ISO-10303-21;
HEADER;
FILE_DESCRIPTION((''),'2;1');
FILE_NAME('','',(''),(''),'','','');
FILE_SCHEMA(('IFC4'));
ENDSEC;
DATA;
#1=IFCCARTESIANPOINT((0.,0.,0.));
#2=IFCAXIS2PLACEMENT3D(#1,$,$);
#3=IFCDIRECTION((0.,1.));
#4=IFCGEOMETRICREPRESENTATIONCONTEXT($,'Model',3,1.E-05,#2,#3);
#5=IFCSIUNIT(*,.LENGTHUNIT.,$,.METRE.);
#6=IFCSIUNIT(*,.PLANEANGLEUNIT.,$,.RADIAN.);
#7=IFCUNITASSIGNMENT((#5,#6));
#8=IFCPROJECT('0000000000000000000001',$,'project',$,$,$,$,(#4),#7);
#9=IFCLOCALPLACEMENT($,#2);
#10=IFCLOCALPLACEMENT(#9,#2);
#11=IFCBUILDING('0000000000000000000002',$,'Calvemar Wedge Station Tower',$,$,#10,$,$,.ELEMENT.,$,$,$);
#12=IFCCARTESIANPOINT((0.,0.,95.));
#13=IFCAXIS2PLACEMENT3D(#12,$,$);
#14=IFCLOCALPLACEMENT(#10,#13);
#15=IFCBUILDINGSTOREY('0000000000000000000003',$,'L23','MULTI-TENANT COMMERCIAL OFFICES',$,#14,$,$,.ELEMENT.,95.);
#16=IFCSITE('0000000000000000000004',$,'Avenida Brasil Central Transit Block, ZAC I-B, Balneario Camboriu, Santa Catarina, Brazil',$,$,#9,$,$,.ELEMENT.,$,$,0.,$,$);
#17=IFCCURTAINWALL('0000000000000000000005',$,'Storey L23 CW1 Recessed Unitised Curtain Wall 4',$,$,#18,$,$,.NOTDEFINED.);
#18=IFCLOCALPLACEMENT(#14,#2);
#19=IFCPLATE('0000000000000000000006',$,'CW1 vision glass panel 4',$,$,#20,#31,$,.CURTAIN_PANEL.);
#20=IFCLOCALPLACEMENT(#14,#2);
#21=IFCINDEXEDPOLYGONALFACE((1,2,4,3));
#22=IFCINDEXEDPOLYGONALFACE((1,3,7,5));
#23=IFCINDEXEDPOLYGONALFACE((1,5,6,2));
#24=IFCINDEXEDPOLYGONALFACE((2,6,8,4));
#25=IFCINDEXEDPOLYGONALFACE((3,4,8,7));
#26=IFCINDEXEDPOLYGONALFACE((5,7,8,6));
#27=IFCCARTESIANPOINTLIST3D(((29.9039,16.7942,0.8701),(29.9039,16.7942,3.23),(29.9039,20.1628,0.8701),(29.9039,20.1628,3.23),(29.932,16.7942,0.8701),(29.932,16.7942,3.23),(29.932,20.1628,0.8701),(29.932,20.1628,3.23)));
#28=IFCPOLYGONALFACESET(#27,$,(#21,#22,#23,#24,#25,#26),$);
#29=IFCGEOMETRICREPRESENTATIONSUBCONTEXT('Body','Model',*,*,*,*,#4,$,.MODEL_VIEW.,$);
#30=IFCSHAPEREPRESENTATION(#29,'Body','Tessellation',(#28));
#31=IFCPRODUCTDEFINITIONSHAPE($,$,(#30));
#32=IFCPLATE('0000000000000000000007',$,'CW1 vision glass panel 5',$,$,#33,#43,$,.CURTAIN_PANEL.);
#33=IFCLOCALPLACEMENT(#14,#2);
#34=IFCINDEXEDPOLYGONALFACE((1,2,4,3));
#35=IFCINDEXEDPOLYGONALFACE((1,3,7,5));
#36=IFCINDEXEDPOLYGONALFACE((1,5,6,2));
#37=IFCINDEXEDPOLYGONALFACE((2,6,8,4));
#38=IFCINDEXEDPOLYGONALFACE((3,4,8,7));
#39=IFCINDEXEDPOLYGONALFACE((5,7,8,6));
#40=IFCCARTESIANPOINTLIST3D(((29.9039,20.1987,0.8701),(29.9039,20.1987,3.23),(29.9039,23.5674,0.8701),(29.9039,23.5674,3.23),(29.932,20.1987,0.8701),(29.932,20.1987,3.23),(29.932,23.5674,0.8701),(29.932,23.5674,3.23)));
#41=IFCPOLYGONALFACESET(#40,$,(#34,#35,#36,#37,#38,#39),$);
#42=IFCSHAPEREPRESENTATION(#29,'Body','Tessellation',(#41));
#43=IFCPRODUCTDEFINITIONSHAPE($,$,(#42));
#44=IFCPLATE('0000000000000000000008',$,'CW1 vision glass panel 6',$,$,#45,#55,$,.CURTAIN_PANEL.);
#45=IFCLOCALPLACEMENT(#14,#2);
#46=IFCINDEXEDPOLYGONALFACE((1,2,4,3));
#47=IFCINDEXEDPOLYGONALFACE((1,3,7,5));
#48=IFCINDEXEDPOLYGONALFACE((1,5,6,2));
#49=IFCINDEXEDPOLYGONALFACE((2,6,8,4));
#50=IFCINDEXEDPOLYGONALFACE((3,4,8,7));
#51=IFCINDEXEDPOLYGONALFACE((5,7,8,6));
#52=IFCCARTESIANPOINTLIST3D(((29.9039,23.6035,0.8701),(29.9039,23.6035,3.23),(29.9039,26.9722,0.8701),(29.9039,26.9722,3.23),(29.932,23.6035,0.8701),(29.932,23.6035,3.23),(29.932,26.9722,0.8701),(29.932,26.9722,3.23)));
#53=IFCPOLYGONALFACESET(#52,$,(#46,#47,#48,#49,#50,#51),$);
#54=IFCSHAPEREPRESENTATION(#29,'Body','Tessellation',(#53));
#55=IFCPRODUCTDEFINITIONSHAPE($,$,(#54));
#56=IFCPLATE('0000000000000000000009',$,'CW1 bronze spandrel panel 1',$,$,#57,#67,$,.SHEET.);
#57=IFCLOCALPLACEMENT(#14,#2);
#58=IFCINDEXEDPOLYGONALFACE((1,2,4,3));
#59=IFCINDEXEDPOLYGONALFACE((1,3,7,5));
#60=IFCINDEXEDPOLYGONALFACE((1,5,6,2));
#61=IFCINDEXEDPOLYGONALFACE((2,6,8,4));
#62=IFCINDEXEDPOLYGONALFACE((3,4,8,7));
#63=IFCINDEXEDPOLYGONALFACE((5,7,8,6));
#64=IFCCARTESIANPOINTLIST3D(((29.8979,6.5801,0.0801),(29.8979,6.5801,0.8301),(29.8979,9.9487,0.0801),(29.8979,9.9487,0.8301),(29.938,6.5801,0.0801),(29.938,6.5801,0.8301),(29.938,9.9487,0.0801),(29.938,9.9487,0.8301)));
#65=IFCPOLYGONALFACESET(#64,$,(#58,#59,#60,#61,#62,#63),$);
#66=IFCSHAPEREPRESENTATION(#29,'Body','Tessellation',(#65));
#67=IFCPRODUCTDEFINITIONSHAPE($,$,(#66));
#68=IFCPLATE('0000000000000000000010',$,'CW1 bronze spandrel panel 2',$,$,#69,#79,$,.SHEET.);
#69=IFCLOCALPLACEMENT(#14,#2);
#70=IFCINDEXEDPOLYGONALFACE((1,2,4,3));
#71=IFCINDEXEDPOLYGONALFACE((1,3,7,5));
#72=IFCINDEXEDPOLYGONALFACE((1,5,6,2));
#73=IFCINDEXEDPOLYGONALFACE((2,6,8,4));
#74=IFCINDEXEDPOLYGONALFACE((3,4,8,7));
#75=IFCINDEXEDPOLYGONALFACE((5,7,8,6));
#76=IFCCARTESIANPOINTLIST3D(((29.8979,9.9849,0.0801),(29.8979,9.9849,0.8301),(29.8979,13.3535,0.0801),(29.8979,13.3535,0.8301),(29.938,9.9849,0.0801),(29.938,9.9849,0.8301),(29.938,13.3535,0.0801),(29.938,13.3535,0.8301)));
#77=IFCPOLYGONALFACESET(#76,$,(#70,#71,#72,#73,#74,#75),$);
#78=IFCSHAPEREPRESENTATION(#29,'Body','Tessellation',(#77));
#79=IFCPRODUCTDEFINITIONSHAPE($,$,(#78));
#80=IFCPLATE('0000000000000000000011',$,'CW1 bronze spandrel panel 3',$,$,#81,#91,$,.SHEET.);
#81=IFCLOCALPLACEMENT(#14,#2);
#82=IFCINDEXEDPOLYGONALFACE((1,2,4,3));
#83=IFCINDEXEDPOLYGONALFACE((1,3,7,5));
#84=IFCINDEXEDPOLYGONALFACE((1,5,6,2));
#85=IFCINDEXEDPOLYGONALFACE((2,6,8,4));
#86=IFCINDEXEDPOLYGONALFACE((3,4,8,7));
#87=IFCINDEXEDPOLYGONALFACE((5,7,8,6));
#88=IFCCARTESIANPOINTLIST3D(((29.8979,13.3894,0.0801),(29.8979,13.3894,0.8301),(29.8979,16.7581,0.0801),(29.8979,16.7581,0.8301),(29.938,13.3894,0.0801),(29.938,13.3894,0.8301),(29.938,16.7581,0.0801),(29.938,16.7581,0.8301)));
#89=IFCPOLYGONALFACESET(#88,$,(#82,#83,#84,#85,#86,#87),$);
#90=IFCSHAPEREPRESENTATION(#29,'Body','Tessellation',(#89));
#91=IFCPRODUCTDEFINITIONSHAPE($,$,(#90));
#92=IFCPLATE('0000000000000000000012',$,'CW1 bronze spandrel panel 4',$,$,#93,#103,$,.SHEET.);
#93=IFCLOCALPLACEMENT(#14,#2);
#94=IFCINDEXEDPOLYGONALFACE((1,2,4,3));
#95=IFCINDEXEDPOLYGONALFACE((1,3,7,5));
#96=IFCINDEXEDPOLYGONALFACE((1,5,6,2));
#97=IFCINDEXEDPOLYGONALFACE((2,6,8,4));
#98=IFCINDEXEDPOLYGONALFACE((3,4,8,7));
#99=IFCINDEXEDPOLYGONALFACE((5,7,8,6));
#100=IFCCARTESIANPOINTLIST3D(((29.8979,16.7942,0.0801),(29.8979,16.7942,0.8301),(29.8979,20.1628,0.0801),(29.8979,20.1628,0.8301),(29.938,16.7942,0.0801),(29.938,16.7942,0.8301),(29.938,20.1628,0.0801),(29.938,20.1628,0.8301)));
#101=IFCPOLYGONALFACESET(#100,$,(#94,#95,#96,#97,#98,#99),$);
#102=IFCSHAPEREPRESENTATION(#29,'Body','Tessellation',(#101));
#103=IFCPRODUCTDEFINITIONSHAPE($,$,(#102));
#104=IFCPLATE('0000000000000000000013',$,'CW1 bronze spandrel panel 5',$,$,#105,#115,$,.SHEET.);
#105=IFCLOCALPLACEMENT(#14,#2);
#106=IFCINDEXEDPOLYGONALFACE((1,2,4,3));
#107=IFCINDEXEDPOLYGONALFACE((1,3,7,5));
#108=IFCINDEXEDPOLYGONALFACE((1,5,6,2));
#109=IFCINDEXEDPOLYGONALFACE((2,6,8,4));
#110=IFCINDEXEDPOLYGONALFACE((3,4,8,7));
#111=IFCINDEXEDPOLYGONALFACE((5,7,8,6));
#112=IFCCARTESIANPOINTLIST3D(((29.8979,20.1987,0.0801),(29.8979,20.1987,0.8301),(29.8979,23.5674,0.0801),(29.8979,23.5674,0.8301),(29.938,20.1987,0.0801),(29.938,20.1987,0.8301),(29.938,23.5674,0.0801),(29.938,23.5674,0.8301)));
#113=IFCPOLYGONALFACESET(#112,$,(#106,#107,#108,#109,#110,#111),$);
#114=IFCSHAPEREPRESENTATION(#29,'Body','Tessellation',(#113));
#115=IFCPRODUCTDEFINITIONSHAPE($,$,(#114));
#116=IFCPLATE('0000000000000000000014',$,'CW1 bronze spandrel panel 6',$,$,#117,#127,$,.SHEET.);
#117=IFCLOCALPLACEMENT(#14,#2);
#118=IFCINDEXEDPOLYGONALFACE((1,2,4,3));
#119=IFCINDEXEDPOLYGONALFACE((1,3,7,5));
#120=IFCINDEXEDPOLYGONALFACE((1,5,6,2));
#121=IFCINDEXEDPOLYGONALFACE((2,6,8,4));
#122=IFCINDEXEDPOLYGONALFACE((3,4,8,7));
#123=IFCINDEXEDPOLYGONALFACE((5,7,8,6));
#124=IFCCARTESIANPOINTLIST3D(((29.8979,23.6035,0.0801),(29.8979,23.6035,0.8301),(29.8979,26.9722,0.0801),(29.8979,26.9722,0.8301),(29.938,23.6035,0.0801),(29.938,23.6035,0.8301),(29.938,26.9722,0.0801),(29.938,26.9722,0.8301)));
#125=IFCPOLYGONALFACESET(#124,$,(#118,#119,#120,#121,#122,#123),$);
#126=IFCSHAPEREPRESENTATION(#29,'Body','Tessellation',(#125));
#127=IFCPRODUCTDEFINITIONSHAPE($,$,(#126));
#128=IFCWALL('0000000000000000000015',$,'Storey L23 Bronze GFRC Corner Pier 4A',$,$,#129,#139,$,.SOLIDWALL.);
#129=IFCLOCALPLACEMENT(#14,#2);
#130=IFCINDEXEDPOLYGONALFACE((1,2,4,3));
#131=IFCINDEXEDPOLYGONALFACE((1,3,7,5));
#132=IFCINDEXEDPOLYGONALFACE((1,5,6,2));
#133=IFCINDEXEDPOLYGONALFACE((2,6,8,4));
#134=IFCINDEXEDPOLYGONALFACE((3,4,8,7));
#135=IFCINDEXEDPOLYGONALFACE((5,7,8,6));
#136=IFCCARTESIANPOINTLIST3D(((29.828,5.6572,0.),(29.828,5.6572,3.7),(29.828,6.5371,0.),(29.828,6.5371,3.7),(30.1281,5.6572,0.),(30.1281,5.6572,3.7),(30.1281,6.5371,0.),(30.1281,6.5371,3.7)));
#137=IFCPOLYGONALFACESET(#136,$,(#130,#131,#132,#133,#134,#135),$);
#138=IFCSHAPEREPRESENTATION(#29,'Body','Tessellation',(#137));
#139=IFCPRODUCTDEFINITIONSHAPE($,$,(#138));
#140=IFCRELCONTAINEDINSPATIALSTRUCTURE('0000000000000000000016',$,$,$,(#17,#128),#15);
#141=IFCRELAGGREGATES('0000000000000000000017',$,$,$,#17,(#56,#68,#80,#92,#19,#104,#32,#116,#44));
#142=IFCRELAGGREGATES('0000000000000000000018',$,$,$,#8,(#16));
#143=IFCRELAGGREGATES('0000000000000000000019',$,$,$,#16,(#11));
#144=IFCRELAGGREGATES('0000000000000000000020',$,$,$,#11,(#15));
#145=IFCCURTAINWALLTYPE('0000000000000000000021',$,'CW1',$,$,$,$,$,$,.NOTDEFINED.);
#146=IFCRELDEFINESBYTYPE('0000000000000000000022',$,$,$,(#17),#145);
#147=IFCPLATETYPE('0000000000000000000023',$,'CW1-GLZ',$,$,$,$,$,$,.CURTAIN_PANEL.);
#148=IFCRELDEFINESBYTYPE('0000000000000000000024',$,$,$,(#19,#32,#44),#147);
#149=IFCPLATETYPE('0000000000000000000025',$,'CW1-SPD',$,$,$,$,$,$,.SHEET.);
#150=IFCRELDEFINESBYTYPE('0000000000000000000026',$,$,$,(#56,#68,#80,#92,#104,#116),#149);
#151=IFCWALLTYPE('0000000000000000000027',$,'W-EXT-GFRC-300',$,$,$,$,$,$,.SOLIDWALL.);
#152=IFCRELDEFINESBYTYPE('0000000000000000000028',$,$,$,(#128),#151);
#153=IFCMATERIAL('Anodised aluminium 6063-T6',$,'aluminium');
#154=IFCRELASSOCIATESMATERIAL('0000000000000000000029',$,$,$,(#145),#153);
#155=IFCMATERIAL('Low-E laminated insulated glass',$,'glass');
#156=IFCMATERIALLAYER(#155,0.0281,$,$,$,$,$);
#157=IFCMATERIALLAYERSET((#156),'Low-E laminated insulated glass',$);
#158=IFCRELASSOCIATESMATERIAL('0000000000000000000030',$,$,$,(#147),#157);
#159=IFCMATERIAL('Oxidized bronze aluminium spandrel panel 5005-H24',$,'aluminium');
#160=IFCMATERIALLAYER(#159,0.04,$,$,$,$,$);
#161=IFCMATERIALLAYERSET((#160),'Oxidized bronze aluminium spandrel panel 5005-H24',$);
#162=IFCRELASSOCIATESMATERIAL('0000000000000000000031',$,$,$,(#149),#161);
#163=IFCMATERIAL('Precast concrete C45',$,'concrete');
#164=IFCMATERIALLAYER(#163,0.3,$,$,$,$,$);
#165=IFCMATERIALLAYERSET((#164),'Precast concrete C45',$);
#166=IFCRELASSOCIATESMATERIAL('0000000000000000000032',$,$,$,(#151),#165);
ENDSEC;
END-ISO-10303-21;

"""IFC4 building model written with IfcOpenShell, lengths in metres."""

from ifc_helpers import new_model, si_unit, direction, frame, frame_2d, origin, place, context, subcontext, project, spatial, rectangle, extrude, material, layer, layer_set, type_object, element, aggregate, save


model = new_model("IFC4")

# Units and contexts
model_context = context("Model", 3, precision=1e-05, world=origin(), true_north=direction((0.0, 1.0)))
body_context = subcontext(model_context, "Body", "Model", "MODEL_VIEW")
ifc_project = project(units=[si_unit("LENGTHUNIT", "METRE"), si_unit("PLANEANGLEUNIT", "RADIAN")], contexts=[model_context])

# Site, building, storey
site_placement = place(None, origin())
site = spatial("IfcSite", under=ifc_project, at=site_placement, Name="Avenida Brasil Central Transit Block, ZAC I-B, Balneario Camboriu, Santa Catarina, Brazil", CompositionType="ELEMENT", RefElevation=0.0)
building_placement = place(site_placement, origin())
building = spatial("IfcBuilding", under=site, at=building_placement, Name="Calvemar Wedge Station Tower", CompositionType="ELEMENT")
storey_placement = place(building_placement, frame((0.0, 0.0, 95.0)))
storey = spatial("IfcBuildingStorey", under=building, at=storey_placement, Name="L23", Description="MULTI-TENANT COMMERCIAL OFFICES", CompositionType="ELEMENT", Elevation=95.0)

# Curtain wall, plates
ifc_material_1 = material(Name="Anodised aluminium 6063-T6", Category="aluminium")
curtain_wall_type = type_object("IfcCurtainWallType", Name="CW1", PredefinedType="NOTDEFINED", material=ifc_material_1)
curtain_wall_placement = place(storey_placement, origin())
curtain_wall = element("IfcCurtainWall", 1, at=curtain_wall_placement, inside=storey, type_object=curtain_wall_type, Name="Storey L23 CW1 Recessed Unitised Curtain Wall 4", PredefinedType="NOTDEFINED")
ifc_material_2 = material(Name="Low-E laminated insulated glass", Category="glass")
ifc_layer_1 = layer(ifc_material_2, 0.0281)
ifc_layer_set_1 = layer_set([ifc_layer_1], Name="Low-E laminated insulated glass")
plate_type_1 = type_object("IfcPlateType", Name="CW1-GLZ", PredefinedType="CURTAIN_PANEL", material=ifc_layer_set_1)
plate_1_placement = place(storey_placement, frame((29.918, 16.7942, 0.8701), z_axis=(0.0, 0.0, 1.0), x_axis=(0.0, 1.0, 0.0)))
plate_1 = element("IfcPlate", 2, at=plate_1_placement, type_object=plate_type_1, Name="CW1 vision glass panel 4", PredefinedType="CURTAIN_PANEL", context=body_context, shape_type="SweptSolid", body=[
    extrude(rectangle(XDim=3.3687, YDim=0.0281, at=frame_2d((1.6843, 0.0))), origin(), (0.0, 0.0, 1.0), 2.3599),
])
plate_2_placement = place(storey_placement, frame((29.918, 20.1987, 0.8701), z_axis=(0.0, 0.0, 1.0), x_axis=(0.0, 1.0, 0.0)))
plate_2 = element("IfcPlate", 3, at=plate_2_placement, type_object=plate_type_1, Name="CW1 vision glass panel 5", PredefinedType="CURTAIN_PANEL", context=body_context, shape_type="SweptSolid", body=[
    extrude(rectangle(XDim=3.3687, YDim=0.0281, at=frame_2d((1.6843, 0.0))), origin(), (0.0, 0.0, 1.0), 2.3599),
])
plate_3_placement = place(storey_placement, frame((29.918, 23.6035, 0.8701), z_axis=(0.0, 0.0, 1.0), x_axis=(0.0, 1.0, 0.0)))
plate_3 = element("IfcPlate", 4, at=plate_3_placement, type_object=plate_type_1, Name="CW1 vision glass panel 6", PredefinedType="CURTAIN_PANEL", context=body_context, shape_type="SweptSolid", body=[
    extrude(rectangle(XDim=3.3687, YDim=0.0281, at=frame_2d((1.6843, 0.0))), origin(), (0.0, 0.0, 1.0), 2.3599),
])
ifc_material_3 = material(Name="Oxidized bronze aluminium spandrel panel 5005-H24", Category="aluminium")
ifc_layer_2 = layer(ifc_material_3, 0.04)
ifc_layer_set_2 = layer_set([ifc_layer_2], Name="Oxidized bronze aluminium spandrel panel 5005-H24")
plate_type_2 = type_object("IfcPlateType", Name="CW1-SPD", PredefinedType="SHEET", material=ifc_layer_set_2)
plate_4_placement = place(storey_placement, frame((29.918, 6.5801, 0.0801), z_axis=(0.0, 0.0, 1.0), x_axis=(0.0, 1.0, 0.0)))
plate_4 = element("IfcPlate", 5, at=plate_4_placement, type_object=plate_type_2, Name="CW1 bronze spandrel panel 1", PredefinedType="SHEET", context=body_context, shape_type="SweptSolid", body=[
    extrude(rectangle(XDim=3.3687, YDim=0.04, at=frame_2d((1.6843, 0.0))), origin(), (0.0, 0.0, 1.0), 0.75),
])
plate_5_placement = place(storey_placement, frame((29.918, 9.9849, 0.0801), z_axis=(0.0, 0.0, 1.0), x_axis=(0.0, 1.0, 0.0)))
plate_5 = element("IfcPlate", 6, at=plate_5_placement, type_object=plate_type_2, Name="CW1 bronze spandrel panel 2", PredefinedType="SHEET", context=body_context, shape_type="SweptSolid", body=[
    extrude(rectangle(XDim=3.3687, YDim=0.04, at=frame_2d((1.6843, 0.0))), origin(), (0.0, 0.0, 1.0), 0.75),
])
plate_6_placement = place(storey_placement, frame((29.918, 13.3894, 0.0801), z_axis=(0.0, 0.0, 1.0), x_axis=(0.0, 1.0, 0.0)))
plate_6 = element("IfcPlate", 7, at=plate_6_placement, type_object=plate_type_2, Name="CW1 bronze spandrel panel 3", PredefinedType="SHEET", context=body_context, shape_type="SweptSolid", body=[
    extrude(rectangle(XDim=3.3687, YDim=0.04, at=frame_2d((1.6843, 0.0))), origin(), (0.0, 0.0, 1.0), 0.75),
])
plate_7_placement = place(storey_placement, frame((29.918, 16.7942, 0.0801), z_axis=(0.0, 0.0, 1.0), x_axis=(0.0, 1.0, 0.0)))
plate_7 = element("IfcPlate", 8, at=plate_7_placement, type_object=plate_type_2, Name="CW1 bronze spandrel panel 4", PredefinedType="SHEET", context=body_context, shape_type="SweptSolid", body=[
    extrude(rectangle(XDim=3.3687, YDim=0.04, at=frame_2d((1.6843, 0.0))), origin(), (0.0, 0.0, 1.0), 0.75),
])
plate_8_placement = place(storey_placement, frame((29.918, 20.1987, 0.0801), z_axis=(0.0, 0.0, 1.0), x_axis=(0.0, 1.0, 0.0)))
plate_8 = element("IfcPlate", 9, at=plate_8_placement, type_object=plate_type_2, Name="CW1 bronze spandrel panel 5", PredefinedType="SHEET", context=body_context, shape_type="SweptSolid", body=[
    extrude(rectangle(XDim=3.3687, YDim=0.04, at=frame_2d((1.6843, 0.0))), origin(), (0.0, 0.0, 1.0), 0.75),
])
plate_9_placement = place(storey_placement, frame((29.918, 23.6035, 0.0801), z_axis=(0.0, 0.0, 1.0), x_axis=(0.0, 1.0, 0.0)))
plate_9 = element("IfcPlate", 10, at=plate_9_placement, type_object=plate_type_2, Name="CW1 bronze spandrel panel 6", PredefinedType="SHEET", context=body_context, shape_type="SweptSolid", body=[
    extrude(rectangle(XDim=3.3687, YDim=0.04, at=frame_2d((1.6843, 0.0))), origin(), (0.0, 0.0, 1.0), 0.75),
])
aggregate(curtain_wall, [plate_4, plate_5, plate_6, plate_7, plate_1, plate_8, plate_2, plate_9, plate_3])

# Wall
ifc_material_4 = material(Name="Precast concrete C45", Category="concrete")
ifc_layer_3 = layer(ifc_material_4, 0.3)
ifc_layer_set_3 = layer_set([ifc_layer_3], Name="Precast concrete C45")
wall_type = type_object("IfcWallType", Name="W-EXT-GFRC-300", PredefinedType="SOLIDWALL", material=ifc_layer_set_3)
wall_placement = place(storey_placement, frame((29.978, 5.6572, 0.0), z_axis=(0.0, 0.0, 1.0), x_axis=(0.0, 1.0, 0.0)))
element("IfcWall", 11, at=wall_placement, inside=storey, type_object=wall_type, Name="Storey L23 Bronze GFRC Corner Pier 4A", PredefinedType="SOLIDWALL", context=body_context, shape_type="SweptSolid", body=[
    extrude(rectangle(XDim=0.8799, YDim=0.3, at=frame_2d((0.4399, 0.0))), origin(), (0.0, 0.0, 1.0), 3.7),
])

save(model, "model.ifc")
